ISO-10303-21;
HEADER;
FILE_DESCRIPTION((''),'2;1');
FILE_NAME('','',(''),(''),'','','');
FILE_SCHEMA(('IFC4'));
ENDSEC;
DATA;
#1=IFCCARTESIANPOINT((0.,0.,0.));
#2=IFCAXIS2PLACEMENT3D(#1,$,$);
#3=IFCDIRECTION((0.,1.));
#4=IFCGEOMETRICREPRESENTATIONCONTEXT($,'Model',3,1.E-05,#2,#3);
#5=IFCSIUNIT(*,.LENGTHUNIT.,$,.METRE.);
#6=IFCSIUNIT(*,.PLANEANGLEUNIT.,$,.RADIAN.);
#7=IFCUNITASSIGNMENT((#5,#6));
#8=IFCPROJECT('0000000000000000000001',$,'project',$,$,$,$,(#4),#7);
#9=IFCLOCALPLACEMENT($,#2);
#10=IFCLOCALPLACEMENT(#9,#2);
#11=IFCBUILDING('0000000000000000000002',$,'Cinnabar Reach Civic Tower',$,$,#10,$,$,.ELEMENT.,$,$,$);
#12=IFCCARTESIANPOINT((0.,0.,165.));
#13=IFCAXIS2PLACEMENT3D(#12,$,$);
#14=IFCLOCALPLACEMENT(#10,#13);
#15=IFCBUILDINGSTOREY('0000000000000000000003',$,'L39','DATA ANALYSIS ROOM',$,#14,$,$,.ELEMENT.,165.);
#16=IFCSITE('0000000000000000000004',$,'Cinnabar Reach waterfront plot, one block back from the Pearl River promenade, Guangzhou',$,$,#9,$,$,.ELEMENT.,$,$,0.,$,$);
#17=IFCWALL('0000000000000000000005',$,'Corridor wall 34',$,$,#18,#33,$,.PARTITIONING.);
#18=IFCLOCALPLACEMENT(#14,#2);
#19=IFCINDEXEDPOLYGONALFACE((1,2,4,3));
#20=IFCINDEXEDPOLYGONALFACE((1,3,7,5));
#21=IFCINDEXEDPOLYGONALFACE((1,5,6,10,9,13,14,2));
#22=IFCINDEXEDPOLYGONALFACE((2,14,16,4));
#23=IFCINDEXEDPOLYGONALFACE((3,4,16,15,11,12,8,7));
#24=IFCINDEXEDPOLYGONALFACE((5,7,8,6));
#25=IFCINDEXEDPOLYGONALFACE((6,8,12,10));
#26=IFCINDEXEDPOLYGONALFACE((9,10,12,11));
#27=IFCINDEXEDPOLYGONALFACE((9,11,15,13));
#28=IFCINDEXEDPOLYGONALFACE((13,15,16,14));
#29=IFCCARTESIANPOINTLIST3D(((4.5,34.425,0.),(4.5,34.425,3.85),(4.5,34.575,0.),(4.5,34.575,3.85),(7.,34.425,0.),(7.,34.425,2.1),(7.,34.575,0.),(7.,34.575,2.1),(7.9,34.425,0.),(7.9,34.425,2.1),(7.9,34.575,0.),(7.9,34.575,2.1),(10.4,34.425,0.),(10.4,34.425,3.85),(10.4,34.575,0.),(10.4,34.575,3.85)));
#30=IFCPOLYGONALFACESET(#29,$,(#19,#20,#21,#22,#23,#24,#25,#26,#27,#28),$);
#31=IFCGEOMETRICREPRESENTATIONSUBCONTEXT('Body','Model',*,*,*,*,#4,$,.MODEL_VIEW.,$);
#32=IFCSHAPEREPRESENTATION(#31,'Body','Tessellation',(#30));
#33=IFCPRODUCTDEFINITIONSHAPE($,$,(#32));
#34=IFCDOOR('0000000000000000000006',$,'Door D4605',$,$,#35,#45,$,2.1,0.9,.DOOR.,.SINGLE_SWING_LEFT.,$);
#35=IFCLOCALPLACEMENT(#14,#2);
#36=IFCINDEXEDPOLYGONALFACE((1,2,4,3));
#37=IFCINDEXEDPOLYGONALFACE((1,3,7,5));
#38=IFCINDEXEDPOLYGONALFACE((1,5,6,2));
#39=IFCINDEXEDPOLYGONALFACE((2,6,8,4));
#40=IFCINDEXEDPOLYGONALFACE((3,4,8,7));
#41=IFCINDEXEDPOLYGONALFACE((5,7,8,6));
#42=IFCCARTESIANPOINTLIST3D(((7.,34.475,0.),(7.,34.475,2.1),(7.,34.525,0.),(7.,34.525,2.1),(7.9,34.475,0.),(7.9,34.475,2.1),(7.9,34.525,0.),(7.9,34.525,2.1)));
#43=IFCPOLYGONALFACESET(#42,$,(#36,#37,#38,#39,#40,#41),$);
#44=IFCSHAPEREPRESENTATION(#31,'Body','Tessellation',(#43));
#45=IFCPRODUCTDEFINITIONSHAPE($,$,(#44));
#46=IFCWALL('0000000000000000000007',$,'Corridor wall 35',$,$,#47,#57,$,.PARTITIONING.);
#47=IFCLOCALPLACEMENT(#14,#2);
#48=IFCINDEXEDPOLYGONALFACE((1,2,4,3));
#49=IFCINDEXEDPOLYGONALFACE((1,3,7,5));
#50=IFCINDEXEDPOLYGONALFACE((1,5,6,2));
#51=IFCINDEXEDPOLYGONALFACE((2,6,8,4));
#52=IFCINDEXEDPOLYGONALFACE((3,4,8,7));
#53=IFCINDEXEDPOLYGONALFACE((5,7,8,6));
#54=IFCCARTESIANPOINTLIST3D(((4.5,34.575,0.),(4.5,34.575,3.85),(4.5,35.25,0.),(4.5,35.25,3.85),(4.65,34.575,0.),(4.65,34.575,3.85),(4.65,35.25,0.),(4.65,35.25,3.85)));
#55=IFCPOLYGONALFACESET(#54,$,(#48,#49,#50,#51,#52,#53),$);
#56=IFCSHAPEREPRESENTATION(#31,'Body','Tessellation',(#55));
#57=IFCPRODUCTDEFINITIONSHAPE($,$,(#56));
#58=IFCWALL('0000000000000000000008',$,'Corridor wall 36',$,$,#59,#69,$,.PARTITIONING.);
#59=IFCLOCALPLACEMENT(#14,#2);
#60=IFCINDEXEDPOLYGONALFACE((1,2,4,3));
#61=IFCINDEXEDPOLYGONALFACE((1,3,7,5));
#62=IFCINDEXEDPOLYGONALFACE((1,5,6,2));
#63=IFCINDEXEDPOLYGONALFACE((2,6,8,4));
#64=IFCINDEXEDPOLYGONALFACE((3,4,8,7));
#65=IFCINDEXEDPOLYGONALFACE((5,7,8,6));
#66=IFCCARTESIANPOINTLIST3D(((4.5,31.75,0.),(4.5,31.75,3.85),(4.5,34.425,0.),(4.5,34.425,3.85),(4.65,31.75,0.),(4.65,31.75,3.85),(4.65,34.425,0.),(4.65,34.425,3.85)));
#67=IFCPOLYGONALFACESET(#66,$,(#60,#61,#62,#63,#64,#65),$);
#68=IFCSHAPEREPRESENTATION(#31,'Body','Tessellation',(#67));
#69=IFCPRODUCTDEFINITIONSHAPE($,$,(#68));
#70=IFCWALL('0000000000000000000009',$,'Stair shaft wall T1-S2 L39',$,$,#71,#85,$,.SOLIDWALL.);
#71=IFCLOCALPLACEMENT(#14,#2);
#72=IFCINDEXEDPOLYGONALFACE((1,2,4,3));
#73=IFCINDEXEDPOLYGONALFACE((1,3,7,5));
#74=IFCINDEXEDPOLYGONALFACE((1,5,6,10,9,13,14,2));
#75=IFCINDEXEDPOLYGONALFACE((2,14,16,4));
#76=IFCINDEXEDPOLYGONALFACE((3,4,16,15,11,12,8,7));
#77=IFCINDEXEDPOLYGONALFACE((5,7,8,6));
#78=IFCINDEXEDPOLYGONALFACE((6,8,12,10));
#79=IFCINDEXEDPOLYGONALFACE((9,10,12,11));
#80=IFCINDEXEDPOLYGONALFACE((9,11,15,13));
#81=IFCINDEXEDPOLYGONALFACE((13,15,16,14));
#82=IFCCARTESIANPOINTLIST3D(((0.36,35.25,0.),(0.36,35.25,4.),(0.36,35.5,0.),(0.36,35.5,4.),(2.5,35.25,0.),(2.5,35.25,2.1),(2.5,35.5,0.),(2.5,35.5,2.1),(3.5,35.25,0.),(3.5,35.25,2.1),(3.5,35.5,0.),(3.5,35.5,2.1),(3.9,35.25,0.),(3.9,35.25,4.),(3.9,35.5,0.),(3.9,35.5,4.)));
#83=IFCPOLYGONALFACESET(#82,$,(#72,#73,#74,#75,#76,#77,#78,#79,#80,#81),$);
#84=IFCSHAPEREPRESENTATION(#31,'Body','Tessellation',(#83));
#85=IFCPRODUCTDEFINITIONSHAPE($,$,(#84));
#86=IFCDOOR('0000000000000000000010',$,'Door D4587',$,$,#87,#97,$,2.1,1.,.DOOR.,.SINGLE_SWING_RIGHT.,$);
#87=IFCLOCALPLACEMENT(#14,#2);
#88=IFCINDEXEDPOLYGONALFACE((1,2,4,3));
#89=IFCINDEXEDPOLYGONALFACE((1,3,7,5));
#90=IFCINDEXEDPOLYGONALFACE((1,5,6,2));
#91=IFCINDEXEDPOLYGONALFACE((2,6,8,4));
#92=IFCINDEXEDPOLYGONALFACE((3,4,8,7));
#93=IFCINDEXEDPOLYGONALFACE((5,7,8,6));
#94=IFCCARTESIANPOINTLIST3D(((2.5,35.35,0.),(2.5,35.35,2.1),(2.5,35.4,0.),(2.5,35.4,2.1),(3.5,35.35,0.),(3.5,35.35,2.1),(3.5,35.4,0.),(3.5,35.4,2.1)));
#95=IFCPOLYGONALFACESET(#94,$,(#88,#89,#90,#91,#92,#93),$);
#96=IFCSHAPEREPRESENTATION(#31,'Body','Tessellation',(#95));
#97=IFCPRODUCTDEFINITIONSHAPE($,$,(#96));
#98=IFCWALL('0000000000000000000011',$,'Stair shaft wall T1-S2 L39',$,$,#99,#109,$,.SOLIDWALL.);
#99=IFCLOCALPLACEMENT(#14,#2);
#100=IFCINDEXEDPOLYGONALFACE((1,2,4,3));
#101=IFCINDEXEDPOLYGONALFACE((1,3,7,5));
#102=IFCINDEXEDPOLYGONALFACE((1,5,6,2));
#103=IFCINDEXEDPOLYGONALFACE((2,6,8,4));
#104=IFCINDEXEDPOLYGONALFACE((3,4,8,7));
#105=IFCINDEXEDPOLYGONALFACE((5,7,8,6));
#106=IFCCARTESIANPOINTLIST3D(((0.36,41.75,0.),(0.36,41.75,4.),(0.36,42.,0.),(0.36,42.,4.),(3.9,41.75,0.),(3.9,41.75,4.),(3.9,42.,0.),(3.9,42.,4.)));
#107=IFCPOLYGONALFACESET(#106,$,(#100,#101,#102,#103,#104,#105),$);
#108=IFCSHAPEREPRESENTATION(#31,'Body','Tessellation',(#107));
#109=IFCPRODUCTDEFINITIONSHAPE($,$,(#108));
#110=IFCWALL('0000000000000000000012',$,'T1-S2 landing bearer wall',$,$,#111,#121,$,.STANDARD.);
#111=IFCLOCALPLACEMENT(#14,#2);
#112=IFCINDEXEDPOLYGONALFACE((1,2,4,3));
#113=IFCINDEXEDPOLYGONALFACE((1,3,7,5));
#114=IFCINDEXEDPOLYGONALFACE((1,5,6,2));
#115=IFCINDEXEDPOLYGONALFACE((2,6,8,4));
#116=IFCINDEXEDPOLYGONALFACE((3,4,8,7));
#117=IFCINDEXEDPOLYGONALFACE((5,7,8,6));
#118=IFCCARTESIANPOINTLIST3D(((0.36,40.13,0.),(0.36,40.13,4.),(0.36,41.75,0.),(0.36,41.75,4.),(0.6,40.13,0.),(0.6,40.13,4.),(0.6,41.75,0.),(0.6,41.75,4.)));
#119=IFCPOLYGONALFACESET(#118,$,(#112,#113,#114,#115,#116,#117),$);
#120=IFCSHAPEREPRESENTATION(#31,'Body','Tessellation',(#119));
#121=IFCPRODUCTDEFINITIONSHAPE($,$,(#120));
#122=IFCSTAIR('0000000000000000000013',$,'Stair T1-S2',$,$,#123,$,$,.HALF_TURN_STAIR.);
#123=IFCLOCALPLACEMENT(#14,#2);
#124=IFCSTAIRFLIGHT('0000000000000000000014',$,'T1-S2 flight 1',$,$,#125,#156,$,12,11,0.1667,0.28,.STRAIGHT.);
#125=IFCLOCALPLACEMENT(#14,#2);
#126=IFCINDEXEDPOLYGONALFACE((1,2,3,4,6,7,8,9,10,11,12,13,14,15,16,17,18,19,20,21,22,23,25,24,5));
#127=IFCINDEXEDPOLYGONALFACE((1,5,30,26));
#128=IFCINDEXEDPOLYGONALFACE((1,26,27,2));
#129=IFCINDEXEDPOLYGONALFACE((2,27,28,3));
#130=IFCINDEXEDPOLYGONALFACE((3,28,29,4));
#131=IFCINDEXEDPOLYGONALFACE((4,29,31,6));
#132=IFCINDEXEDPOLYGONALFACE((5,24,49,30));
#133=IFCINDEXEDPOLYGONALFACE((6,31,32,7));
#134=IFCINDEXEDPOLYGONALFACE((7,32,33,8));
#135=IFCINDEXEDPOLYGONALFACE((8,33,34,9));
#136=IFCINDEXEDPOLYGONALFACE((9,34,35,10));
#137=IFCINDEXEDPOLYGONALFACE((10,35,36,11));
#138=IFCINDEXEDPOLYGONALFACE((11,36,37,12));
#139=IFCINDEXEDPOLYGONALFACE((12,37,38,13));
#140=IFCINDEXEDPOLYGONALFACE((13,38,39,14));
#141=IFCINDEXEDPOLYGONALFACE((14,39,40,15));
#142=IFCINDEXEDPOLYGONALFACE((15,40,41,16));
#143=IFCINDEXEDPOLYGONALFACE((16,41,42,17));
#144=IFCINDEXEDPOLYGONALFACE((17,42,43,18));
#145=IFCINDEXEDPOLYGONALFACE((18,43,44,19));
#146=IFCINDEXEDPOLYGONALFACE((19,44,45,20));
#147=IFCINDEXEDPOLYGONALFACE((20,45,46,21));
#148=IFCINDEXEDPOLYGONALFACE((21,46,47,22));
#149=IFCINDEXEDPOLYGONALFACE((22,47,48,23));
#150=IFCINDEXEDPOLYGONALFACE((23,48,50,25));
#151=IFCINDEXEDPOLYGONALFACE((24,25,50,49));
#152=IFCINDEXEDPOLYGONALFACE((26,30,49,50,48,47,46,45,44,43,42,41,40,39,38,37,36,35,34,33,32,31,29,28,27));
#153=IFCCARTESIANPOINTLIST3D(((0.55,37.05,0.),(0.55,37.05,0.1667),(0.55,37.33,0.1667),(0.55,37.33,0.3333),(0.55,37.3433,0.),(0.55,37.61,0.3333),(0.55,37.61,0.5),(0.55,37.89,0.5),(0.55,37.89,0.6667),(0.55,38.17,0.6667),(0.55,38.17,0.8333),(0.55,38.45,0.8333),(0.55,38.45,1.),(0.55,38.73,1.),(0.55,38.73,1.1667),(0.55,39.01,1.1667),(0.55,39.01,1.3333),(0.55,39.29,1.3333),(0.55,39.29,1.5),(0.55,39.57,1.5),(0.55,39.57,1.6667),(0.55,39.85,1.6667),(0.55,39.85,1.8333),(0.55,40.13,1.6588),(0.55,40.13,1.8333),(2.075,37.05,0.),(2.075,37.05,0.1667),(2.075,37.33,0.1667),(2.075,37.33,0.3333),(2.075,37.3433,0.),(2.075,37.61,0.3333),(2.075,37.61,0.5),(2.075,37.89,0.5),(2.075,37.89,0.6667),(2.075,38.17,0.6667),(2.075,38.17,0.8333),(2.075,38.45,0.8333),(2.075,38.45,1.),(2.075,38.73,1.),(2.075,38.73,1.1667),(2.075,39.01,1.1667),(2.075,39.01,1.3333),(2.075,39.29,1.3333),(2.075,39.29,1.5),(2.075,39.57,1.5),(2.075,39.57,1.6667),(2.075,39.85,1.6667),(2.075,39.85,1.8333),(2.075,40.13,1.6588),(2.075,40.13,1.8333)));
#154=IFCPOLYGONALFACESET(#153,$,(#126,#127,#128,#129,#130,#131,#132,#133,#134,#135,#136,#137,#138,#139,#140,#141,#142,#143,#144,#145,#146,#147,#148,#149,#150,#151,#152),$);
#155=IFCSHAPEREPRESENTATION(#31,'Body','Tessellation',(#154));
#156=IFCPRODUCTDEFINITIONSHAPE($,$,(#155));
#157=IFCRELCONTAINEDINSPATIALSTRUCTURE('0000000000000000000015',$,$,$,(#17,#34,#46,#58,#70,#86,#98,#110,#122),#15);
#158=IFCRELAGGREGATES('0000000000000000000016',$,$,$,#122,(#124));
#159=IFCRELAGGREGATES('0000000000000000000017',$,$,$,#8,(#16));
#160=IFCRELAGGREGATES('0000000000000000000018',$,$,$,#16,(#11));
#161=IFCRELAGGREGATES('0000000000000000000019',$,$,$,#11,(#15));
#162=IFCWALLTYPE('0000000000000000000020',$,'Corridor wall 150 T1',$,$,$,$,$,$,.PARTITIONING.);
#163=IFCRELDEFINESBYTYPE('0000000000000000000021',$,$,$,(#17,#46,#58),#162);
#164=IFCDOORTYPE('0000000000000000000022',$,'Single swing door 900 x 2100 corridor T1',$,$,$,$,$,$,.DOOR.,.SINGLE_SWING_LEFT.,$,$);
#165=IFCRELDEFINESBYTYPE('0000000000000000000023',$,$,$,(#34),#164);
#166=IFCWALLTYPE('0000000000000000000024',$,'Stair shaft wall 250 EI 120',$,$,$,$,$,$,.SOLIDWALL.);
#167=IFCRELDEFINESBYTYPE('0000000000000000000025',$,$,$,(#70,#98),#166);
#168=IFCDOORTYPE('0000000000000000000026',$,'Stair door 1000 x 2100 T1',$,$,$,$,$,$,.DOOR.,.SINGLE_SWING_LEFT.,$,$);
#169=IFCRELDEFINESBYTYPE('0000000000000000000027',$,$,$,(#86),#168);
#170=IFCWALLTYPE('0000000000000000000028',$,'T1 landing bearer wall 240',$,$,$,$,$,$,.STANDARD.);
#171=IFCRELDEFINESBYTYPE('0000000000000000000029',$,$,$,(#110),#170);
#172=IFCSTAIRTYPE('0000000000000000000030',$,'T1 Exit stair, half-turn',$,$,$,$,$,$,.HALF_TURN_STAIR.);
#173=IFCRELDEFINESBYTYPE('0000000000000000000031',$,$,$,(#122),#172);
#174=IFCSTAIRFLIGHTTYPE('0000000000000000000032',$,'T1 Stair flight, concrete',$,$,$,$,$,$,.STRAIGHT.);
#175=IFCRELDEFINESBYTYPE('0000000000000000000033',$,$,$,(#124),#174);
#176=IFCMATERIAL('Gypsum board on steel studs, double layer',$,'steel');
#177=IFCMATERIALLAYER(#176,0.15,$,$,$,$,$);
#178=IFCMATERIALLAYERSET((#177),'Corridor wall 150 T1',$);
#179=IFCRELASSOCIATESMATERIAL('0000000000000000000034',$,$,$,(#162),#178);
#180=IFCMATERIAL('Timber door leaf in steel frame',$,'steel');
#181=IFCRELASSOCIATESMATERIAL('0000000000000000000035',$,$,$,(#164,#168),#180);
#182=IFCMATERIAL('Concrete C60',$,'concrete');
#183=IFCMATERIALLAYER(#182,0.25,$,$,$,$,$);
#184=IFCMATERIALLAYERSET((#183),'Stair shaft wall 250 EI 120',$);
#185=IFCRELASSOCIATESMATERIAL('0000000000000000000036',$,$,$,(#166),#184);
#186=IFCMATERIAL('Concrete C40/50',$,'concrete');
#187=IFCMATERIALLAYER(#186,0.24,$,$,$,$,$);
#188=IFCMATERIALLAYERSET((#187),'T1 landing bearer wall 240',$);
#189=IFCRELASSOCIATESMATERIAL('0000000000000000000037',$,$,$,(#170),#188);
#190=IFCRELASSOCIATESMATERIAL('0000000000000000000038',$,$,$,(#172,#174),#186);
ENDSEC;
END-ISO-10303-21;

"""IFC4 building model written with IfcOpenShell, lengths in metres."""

from ifc_helpers import new_model, si_unit, direction, frame, frame_2d, origin, place, context, subcontext, project, spatial, polyline, rectangle, outline, extrude, material, layer, layer_set, type_object, element, fill, aggregate, save


model = new_model("IFC4")

# Units and contexts
model_context = context("Model", 3, precision=1e-05, world=origin(), true_north=direction((0.0, 1.0)))
body_context = subcontext(model_context, "Body", "Model", "MODEL_VIEW")
ifc_project = project(units=[si_unit("LENGTHUNIT", "METRE"), si_unit("PLANEANGLEUNIT", "RADIAN")], contexts=[model_context])

# Site, building, storey
site_placement = place(None, origin())
site = spatial("IfcSite", under=ifc_project, at=site_placement, Name="Cinnabar Reach waterfront plot, one block back from the Pearl River promenade, Guangzhou", CompositionType="ELEMENT", RefElevation=0.0)
building_placement = place(site_placement, origin())
building = spatial("IfcBuilding", under=site, at=building_placement, Name="Cinnabar Reach Civic Tower", CompositionType="ELEMENT")
storey_placement = place(building_placement, frame((0.0, 0.0, 165.0)))
storey = spatial("IfcBuildingStorey", under=building, at=storey_placement, Name="L39", Description="DATA ANALYSIS ROOM", CompositionType="ELEMENT", Elevation=165.0)

# Shared definitions
ifc_material_1 = material(Name="Gypsum board on steel studs, double layer", Category="steel")
ifc_layer_1 = layer(ifc_material_1, 0.15)
ifc_layer_set_1 = layer_set([ifc_layer_1], Name="Corridor wall 150 T1")
wall_type_1 = type_object("IfcWallType", Name="Corridor wall 150 T1", PredefinedType="PARTITIONING", material=ifc_layer_set_1)
ifc_material_2 = material(Name="Timber door leaf in steel frame", Category="steel")
door_type_1 = type_object("IfcDoorType", Name="Single swing door 900 x 2100 corridor T1", OperationType="SINGLE_SWING_LEFT", PredefinedType="DOOR", material=ifc_material_2)

# Wall, opening, door
wall_1_placement = place(storey_placement, frame((4.5, 34.5, 0.0), z_axis=(0.0, 0.0, 1.0), x_axis=(1.0, 0.0, 0.0)))
wall_1 = element("IfcWall", 1, at=wall_1_placement, inside=storey, type_object=wall_type_1, Name="Corridor wall 34", PredefinedType="PARTITIONING", context=body_context, shape_type="SweptSolid", body=[
    extrude(rectangle(XDim=5.9, YDim=0.15, at=frame_2d((2.95, 0.0))), origin(), (0.0, 0.0, 1.0), 3.85),
])
opening_1_placement = place(wall_1_placement, frame((2.5, 0.0, 0.0)))
opening_1 = element("IfcOpeningElement", 2, at=opening_1_placement, cuts=wall_1, PredefinedType="OPENING", context=body_context, shape_type="SweptSolid", body=[
    extrude(rectangle(XDim=0.9, YDim=2.1, at=frame_2d((0.45, 1.05))), frame((0.0, 0.085, 0.0), z_axis=(0.0, -1.0, 0.0), x_axis=(1.0, 0.0, 0.0)), (0.0, 0.0, 1.0), 0.17),
])
door_1_placement = place(opening_1_placement, frame((0.9, 0.0, 0.0), z_axis=(0.0, 0.0, 1.0), x_axis=(-1.0, 0.0, 0.0)))
door_1 = element("IfcDoor", 3, at=door_1_placement, inside=storey, type_object=door_type_1, Name="Door D4605", OperationType="SINGLE_SWING_LEFT", OverallHeight=2.1, OverallWidth=0.9, PredefinedType="DOOR", context=body_context, shape_type="SweptSolid", body=[
    extrude(rectangle(XDim=0.9, YDim=2.1, at=frame_2d((0.45, 1.05))), frame((0.0, 0.025, 0.0), z_axis=(0.0, -1.0, 0.0), x_axis=(1.0, 0.0, 0.0)), (0.0, 0.0, 1.0), 0.05),
])
fill(opening_1, door_1)

# Walls
wall_2_placement = place(storey_placement, frame((4.575, 34.575, 0.0), z_axis=(0.0, 0.0, 1.0), x_axis=(0.0, 1.0, 0.0)))
element("IfcWall", 4, at=wall_2_placement, inside=storey, type_object=wall_type_1, Name="Corridor wall 35", PredefinedType="PARTITIONING", context=body_context, shape_type="SweptSolid", body=[
    extrude(rectangle(XDim=0.675, YDim=0.15, at=frame_2d((0.3375, 0.0))), origin(), (0.0, 0.0, 1.0), 3.85),
])
wall_3_placement = place(storey_placement, frame((4.575, 31.75, 0.0), z_axis=(0.0, 0.0, 1.0), x_axis=(0.0, 1.0, 0.0)))
element("IfcWall", 5, at=wall_3_placement, inside=storey, type_object=wall_type_1, Name="Corridor wall 36", PredefinedType="PARTITIONING", context=body_context, shape_type="SweptSolid", body=[
    extrude(rectangle(XDim=2.675, YDim=0.15, at=frame_2d((1.3375, 0.0))), origin(), (0.0, 0.0, 1.0), 3.85),
])

# Wall, opening, door
ifc_material_3 = material(Name="Concrete C60", Category="concrete")
ifc_layer_2 = layer(ifc_material_3, 0.25)
ifc_layer_set_2 = layer_set([ifc_layer_2], Name="Stair shaft wall 250 EI 120")
wall_type_2 = type_object("IfcWallType", Name="Stair shaft wall 250 EI 120", PredefinedType="SOLIDWALL", material=ifc_layer_set_2)
wall_4_placement = place(storey_placement, frame((0.36, 35.375, 0.0), z_axis=(0.0, 0.0, 1.0), x_axis=(1.0, 0.0, 0.0)))
wall_4 = element("IfcWall", 6, at=wall_4_placement, inside=storey, type_object=wall_type_2, Name="Stair shaft wall T1-S2 L39", PredefinedType="SOLIDWALL", context=body_context, shape_type="SweptSolid", body=[
    extrude(rectangle(XDim=3.54, YDim=0.25, at=frame_2d((1.77, 0.0))), origin(), (0.0, 0.0, 1.0), 4.0),
])
opening_2_placement = place(wall_4_placement, frame((2.14, 0.0, 0.0)))
opening_2 = element("IfcOpeningElement", 7, at=opening_2_placement, cuts=wall_4, PredefinedType="OPENING", context=body_context, shape_type="SweptSolid", body=[
    extrude(rectangle(XDim=1.0, YDim=2.1, at=frame_2d((0.5, 1.05))), frame((0.0, 0.135, 0.0), z_axis=(0.0, -1.0, 0.0), x_axis=(1.0, 0.0, 0.0)), (0.0, 0.0, 1.0), 0.27),
])
door_type_2 = type_object("IfcDoorType", Name="Stair door 1000 x 2100 T1", OperationType="SINGLE_SWING_LEFT", PredefinedType="DOOR", material=ifc_material_2)
door_2_placement = place(opening_2_placement, origin())
door_2 = element("IfcDoor", 8, at=door_2_placement, inside=storey, type_object=door_type_2, Name="Door D4587", OperationType="SINGLE_SWING_RIGHT", OverallHeight=2.1, OverallWidth=1.0, PredefinedType="DOOR", context=body_context, shape_type="SweptSolid", body=[
    extrude(rectangle(XDim=1.0, YDim=2.1, at=frame_2d((0.5, 1.05))), frame((0.0, 0.025, 0.0), z_axis=(0.0, -1.0, 0.0), x_axis=(1.0, 0.0, 0.0)), (0.0, 0.0, 1.0), 0.05),
])
fill(opening_2, door_2)

# Walls
wall_5_placement = place(storey_placement, frame((3.9, 41.875, 0.0), z_axis=(0.0, 0.0, 1.0), x_axis=(-1.0, 0.0, 0.0)))
element("IfcWall", 9, at=wall_5_placement, inside=storey, type_object=wall_type_2, Name="Stair shaft wall T1-S2 L39", PredefinedType="SOLIDWALL", context=body_context, shape_type="SweptSolid", body=[
    extrude(rectangle(XDim=3.54, YDim=0.25, at=frame_2d((1.77, 0.0))), origin(), (0.0, 0.0, 1.0), 4.0),
])
ifc_material_4 = material(Name="Concrete C40/50", Category="concrete")
ifc_layer_3 = layer(ifc_material_4, 0.24)
ifc_layer_set_3 = layer_set([ifc_layer_3], Name="T1 landing bearer wall 240")
wall_type_3 = type_object("IfcWallType", Name="T1 landing bearer wall 240", PredefinedType="STANDARD", material=ifc_layer_set_3)
wall_6_placement = place(storey_placement, frame((0.48, 40.13, 0.0), z_axis=(0.0, 0.0, 1.0), x_axis=(0.0, 1.0, 0.0)))
element("IfcWall", 10, at=wall_6_placement, inside=storey, type_object=wall_type_3, Name="T1-S2 landing bearer wall", PredefinedType="STANDARD", context=body_context, shape_type="SweptSolid", body=[
    extrude(rectangle(XDim=1.62, YDim=0.24, at=frame_2d((0.81, 0.0))), origin(), (0.0, 0.0, 1.0), 4.0),
])

# Stair, stair flight
stair_type = type_object("IfcStairType", Name="T1 Exit stair, half-turn", PredefinedType="HALF_TURN_STAIR", material=ifc_material_4)
stair_placement = place(storey_placement, origin())
stair = element("IfcStair", 11, at=stair_placement, inside=storey, type_object=stair_type, Name="Stair T1-S2", PredefinedType="HALF_TURN_STAIR")
stair_flight_type = type_object("IfcStairFlightType", Name="T1 Stair flight, concrete", PredefinedType="STRAIGHT", material=ifc_material_4)
stair_flight_1_placement = place(storey_placement, frame((1.3125, 37.05, 0.0), z_axis=(0.0, 0.0, 1.0), x_axis=(0.0, 1.0, 0.0)))
stair_flight_1 = element("IfcStairFlight", 12, at=stair_flight_1_placement, type_object=stair_flight_type, Name="T1-S2 flight 1", NumberOfRisers=12, NumberOfTreads=11, PredefinedType="STRAIGHT", RiserHeight=0.1667, TreadLength=0.28, context=body_context, shape_type="SweptSolid", body=[
    extrude(outline(polyline([(0.0, 0.0), (0.0, 0.1667), (0.28, 0.1667), (0.28, 0.3333), (0.56, 0.3333), (0.56, 0.5), (0.84, 0.5), (0.84, 0.6667), (1.12, 0.6667), (1.12, 0.8333), (1.4, 0.8333), (1.4, 1.0), (1.68, 1.0), (1.68, 1.1667), (1.96, 1.1667), (1.96, 1.3333), (2.24, 1.3333), (2.24, 1.5), (2.52, 1.5), (2.52, 1.6667), (2.8, 1.6667), (2.8, 1.8333), (3.08, 1.8333), (3.08, 2.0), (3.08, 1.6588), (0.2933, 0.0), (0.0, 0.0)])), frame((0.0, 0.7625, 0.0), z_axis=(0.0, -1.0, 0.0), x_axis=(1.0, 0.0, 0.0)), (0.0, 0.0, 1.0), 1.525),
])
aggregate(stair, [stair_flight_1])

save(model, "model.ifc")
